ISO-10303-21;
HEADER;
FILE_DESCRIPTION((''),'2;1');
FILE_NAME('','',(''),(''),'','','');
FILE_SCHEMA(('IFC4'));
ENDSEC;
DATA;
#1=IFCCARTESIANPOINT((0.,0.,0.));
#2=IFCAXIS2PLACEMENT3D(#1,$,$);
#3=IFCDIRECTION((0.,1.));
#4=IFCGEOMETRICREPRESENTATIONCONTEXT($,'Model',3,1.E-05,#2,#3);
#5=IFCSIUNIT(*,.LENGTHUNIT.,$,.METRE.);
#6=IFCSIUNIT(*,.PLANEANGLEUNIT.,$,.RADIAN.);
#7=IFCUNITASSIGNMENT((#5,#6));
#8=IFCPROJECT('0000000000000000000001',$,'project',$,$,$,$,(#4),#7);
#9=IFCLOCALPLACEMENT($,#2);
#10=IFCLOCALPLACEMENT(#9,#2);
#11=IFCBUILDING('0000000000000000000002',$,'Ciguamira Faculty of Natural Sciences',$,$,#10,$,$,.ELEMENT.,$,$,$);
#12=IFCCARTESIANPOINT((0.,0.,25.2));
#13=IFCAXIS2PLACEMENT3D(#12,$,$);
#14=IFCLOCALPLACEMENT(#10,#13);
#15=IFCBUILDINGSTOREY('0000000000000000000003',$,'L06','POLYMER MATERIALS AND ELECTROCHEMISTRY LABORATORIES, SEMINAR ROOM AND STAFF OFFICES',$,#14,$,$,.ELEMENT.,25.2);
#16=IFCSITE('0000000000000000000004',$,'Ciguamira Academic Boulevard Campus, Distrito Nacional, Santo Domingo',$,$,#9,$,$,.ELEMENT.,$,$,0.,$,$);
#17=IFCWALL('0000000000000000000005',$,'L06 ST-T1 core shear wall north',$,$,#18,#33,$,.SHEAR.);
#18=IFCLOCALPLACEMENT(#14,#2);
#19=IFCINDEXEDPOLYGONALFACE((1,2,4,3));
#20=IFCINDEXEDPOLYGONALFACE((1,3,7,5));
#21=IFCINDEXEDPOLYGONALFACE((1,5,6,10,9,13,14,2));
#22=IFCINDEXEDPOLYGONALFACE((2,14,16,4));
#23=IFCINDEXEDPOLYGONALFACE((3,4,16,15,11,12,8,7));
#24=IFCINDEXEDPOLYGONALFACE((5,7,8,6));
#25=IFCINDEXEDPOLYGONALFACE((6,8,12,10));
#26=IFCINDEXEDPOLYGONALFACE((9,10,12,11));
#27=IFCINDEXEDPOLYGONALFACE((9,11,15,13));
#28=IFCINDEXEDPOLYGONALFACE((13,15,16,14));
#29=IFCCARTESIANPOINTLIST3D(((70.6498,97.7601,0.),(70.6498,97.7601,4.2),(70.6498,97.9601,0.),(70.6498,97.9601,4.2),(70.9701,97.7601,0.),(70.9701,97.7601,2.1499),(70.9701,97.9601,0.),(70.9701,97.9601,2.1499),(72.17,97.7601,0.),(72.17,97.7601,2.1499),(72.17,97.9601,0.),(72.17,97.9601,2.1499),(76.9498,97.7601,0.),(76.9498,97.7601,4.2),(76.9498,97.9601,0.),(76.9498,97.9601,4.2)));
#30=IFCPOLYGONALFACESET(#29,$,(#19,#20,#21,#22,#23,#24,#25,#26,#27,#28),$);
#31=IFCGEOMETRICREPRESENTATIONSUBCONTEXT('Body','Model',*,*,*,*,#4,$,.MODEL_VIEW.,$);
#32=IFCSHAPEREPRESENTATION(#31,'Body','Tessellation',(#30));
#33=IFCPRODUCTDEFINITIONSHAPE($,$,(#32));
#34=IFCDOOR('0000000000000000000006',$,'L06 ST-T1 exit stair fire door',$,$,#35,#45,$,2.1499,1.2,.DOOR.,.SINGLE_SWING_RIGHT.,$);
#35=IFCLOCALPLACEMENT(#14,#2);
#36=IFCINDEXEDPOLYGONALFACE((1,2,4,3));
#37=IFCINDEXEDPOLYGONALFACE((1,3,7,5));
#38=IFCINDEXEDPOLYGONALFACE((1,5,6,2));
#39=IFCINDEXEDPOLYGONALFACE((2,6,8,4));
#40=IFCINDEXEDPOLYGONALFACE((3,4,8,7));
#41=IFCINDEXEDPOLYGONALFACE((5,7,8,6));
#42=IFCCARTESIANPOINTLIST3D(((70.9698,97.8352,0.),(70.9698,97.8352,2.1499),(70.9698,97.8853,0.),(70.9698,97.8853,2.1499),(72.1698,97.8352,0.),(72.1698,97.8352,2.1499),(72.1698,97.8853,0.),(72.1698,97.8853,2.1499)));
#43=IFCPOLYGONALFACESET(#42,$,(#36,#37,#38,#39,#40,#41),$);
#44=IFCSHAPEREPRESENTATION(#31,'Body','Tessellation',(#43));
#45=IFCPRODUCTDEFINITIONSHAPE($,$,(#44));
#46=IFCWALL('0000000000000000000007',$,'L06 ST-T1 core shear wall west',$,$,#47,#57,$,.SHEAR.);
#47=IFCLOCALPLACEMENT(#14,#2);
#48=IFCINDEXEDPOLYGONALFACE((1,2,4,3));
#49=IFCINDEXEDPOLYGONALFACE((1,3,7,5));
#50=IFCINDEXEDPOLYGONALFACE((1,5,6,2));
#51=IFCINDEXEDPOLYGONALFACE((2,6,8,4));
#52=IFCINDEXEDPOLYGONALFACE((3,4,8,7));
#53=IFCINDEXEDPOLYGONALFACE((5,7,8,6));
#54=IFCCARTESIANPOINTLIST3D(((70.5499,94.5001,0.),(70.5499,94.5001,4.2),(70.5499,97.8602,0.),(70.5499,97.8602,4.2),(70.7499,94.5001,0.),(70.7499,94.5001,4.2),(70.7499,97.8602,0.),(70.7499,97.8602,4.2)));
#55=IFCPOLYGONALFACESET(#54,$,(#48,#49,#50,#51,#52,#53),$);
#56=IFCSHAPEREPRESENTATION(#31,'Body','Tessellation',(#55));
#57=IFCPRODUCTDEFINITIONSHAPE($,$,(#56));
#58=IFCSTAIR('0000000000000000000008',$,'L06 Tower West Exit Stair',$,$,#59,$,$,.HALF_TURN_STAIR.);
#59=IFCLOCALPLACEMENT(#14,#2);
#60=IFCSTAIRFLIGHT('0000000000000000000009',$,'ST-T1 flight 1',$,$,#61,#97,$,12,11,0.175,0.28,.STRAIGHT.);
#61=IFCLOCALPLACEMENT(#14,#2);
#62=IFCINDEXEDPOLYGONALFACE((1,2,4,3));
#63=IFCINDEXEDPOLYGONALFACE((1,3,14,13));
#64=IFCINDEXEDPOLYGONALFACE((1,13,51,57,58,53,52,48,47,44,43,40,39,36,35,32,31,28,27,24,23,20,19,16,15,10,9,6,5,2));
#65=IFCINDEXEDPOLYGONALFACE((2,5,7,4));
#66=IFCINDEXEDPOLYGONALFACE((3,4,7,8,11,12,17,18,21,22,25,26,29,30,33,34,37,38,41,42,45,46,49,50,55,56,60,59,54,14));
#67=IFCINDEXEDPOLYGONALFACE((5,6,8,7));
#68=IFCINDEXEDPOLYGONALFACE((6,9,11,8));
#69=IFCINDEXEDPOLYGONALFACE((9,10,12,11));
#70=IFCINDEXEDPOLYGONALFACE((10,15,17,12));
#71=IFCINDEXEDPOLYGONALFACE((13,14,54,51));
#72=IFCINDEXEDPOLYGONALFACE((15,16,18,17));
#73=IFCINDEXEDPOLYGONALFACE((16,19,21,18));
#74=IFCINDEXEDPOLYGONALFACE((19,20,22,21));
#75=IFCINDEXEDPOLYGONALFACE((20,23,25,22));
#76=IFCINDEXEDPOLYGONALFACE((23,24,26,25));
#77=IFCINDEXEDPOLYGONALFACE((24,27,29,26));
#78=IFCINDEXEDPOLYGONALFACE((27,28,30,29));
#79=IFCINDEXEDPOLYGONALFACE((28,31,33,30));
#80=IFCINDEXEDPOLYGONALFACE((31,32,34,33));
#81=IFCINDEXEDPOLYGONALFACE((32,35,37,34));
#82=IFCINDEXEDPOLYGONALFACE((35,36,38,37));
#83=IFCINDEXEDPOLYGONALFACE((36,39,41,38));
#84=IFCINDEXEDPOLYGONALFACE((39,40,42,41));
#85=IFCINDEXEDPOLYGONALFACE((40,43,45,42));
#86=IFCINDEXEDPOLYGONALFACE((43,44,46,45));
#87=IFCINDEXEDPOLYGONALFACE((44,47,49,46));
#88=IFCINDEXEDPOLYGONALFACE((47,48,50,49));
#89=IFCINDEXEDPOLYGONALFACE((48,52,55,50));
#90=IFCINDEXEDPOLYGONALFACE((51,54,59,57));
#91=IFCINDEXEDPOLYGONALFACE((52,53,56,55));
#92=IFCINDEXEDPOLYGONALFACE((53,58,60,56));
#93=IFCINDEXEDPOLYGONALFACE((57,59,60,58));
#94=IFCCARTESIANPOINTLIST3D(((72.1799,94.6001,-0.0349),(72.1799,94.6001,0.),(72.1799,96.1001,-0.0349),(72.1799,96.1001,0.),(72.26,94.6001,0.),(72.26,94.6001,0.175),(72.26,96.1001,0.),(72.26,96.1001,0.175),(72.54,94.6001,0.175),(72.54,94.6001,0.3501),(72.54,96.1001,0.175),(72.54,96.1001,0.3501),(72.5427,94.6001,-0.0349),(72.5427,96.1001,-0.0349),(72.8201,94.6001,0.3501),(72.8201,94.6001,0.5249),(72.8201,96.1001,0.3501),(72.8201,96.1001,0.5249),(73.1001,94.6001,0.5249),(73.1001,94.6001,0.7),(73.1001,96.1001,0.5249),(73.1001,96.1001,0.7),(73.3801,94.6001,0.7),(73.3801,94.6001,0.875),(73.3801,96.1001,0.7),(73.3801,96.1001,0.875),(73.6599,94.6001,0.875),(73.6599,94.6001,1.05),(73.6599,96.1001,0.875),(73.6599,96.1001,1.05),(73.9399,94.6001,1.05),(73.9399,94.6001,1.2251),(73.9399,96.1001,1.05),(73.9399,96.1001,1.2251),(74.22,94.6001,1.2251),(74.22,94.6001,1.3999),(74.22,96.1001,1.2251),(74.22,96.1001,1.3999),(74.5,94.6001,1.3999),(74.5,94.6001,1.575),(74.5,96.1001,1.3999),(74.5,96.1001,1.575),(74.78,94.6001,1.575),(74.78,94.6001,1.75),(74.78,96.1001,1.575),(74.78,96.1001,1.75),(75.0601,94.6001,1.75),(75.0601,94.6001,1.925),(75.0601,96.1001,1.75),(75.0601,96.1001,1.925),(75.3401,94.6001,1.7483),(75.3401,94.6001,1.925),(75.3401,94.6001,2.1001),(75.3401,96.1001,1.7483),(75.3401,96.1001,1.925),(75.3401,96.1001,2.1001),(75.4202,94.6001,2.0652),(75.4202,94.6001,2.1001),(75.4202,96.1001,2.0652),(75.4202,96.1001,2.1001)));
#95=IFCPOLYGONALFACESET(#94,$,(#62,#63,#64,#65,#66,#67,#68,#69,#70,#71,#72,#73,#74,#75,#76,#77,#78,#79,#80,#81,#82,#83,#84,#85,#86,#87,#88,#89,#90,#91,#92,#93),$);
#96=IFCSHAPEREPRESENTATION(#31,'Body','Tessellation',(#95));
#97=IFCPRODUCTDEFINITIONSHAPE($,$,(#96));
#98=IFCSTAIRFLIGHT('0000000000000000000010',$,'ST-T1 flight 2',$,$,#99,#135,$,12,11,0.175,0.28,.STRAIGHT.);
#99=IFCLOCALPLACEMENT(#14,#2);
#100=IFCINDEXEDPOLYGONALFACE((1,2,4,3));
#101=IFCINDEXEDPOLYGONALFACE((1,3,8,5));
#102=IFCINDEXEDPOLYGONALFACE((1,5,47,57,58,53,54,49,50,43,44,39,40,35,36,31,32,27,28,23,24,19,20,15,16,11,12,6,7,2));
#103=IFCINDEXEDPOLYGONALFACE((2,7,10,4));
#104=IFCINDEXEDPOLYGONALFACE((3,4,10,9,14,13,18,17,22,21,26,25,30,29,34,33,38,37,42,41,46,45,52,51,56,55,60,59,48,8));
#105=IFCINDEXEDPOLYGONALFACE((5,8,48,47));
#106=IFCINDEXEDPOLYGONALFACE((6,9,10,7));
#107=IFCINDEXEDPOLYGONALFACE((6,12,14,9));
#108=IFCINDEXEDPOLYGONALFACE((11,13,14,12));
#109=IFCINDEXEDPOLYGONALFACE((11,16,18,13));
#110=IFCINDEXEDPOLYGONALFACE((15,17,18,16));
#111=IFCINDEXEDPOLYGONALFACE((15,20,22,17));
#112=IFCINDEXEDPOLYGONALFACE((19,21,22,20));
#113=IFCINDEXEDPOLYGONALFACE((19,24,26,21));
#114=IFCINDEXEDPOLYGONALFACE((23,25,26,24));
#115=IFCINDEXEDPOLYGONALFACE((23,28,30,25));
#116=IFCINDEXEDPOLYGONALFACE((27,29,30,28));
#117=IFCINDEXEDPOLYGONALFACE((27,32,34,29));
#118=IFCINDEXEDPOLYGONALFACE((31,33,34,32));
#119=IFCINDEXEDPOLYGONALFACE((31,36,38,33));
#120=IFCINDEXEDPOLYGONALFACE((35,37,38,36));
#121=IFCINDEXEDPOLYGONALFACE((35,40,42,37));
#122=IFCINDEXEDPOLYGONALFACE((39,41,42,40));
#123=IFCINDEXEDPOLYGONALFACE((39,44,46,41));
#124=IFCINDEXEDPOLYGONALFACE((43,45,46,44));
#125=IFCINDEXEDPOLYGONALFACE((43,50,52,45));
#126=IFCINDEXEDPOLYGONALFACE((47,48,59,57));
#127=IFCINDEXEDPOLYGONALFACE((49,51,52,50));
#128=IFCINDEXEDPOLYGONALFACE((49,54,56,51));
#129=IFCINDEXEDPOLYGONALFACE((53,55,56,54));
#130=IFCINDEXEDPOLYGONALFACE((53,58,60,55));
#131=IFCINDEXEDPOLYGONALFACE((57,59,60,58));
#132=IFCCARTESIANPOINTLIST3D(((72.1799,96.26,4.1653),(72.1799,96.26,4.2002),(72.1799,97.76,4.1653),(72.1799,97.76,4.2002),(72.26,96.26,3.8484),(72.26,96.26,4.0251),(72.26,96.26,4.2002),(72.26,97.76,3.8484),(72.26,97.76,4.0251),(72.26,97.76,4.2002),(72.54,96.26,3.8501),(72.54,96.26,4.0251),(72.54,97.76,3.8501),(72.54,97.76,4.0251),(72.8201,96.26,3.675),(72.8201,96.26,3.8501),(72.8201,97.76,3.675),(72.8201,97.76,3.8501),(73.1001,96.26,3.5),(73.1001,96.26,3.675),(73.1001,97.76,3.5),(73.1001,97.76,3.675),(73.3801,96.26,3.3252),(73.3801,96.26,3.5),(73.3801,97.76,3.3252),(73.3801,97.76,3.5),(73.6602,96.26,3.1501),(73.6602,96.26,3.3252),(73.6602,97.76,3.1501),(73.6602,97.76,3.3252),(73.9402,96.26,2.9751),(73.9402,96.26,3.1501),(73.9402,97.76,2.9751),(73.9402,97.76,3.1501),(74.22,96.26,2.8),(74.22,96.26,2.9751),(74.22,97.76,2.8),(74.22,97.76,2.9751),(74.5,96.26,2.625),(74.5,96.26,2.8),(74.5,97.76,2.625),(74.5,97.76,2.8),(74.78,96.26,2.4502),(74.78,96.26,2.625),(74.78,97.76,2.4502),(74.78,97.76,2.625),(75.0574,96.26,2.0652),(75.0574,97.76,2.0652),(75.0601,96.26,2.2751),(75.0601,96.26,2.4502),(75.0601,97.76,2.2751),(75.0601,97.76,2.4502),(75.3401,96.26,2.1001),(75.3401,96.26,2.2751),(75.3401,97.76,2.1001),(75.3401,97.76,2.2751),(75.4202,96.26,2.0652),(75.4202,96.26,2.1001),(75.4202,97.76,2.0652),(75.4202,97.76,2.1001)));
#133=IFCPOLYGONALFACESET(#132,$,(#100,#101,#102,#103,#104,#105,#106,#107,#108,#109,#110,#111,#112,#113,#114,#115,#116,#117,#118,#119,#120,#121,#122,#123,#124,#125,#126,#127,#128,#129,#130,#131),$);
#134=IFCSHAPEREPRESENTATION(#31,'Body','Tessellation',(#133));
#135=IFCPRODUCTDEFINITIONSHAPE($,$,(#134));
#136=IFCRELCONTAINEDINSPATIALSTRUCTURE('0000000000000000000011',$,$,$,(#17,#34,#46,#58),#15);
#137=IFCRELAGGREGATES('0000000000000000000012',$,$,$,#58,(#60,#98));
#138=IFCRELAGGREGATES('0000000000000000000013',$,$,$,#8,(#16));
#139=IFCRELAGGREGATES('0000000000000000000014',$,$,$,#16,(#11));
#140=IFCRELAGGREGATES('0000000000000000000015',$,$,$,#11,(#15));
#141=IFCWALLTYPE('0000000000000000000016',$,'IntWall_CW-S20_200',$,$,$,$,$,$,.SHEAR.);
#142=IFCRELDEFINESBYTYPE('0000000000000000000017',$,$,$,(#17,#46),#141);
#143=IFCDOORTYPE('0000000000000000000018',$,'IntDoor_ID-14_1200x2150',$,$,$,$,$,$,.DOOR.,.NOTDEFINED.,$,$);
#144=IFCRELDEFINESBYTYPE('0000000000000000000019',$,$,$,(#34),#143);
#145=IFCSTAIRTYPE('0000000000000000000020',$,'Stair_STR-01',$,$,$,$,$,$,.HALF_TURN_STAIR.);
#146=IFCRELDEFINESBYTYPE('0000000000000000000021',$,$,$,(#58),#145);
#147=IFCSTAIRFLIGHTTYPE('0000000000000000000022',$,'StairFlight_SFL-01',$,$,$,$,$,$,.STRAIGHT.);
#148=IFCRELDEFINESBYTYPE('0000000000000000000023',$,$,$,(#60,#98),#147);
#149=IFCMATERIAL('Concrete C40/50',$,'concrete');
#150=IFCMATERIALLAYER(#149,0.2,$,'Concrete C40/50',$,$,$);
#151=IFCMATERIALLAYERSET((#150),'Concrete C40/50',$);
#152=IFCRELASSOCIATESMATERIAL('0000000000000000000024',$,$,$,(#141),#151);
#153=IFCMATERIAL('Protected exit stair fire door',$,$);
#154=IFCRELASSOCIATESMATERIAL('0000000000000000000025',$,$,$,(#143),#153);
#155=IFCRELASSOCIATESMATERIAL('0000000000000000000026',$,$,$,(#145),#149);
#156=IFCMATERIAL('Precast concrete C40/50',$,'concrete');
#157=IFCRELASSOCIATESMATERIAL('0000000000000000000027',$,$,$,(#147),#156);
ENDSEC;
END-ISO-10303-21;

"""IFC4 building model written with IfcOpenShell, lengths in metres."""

from ifc_helpers import new_model, si_unit, direction, frame, frame_2d, origin, place, context, subcontext, project, spatial, polyline, rectangle, outline, extrude, material, layer, layer_set, type_object, element, fill, aggregate, save


model = new_model("IFC4")

# Units and contexts
model_context = context("Model", 3, precision=1e-05, world=origin(), true_north=direction((0.0, 1.0)))
body_context = subcontext(model_context, "Body", "Model", "MODEL_VIEW")
ifc_project = project(units=[si_unit("LENGTHUNIT", "METRE"), si_unit("PLANEANGLEUNIT", "RADIAN")], contexts=[model_context])

# Site, building, storey
site_placement = place(None, origin())
site = spatial("IfcSite", under=ifc_project, at=site_placement, Name="Ciguamira Academic Boulevard Campus, Distrito Nacional, Santo Domingo", CompositionType="ELEMENT", RefElevation=0.0)
building_placement = place(site_placement, origin())
building = spatial("IfcBuilding", under=site, at=building_placement, Name="Ciguamira Faculty of Natural Sciences", CompositionType="ELEMENT")
storey_placement = place(building_placement, frame((0.0, 0.0, 25.2)))
storey = spatial("IfcBuildingStorey", under=building, at=storey_placement, Name="L06", Description="POLYMER MATERIALS AND ELECTROCHEMISTRY LABORATORIES, SEMINAR ROOM AND STAFF OFFICES", CompositionType="ELEMENT", Elevation=25.2)

# Shared definitions
ifc_material_1 = material(Name="Concrete C40/50", Category="concrete")

# Shared definitions
ifc_material_2 = material(Name="Precast concrete C40/50", Category="concrete")

# Shared definitions
ifc_layer_1 = layer(ifc_material_1, 0.2, Name="Concrete C40/50")
ifc_layer_set_1 = layer_set([ifc_layer_1], Name="Concrete C40/50")
wall_type_1 = type_object("IfcWallType", Name="IntWall_CW-S20_200", PredefinedType="SHEAR", material=ifc_layer_set_1)

# Wall, opening, door
wall_1_placement = place(storey_placement, frame((70.6499, 97.8601, 0.0), z_axis=(0.0, 0.0, 1.0), x_axis=(1.0, 0.0, 0.0)))
wall_1 = element("IfcWall", 1, at=wall_1_placement, inside=storey, type_object=wall_type_1, Name="L06 ST-T1 core shear wall north", PredefinedType="SHEAR", context=body_context, shape_type="SweptSolid", body=[
    extrude(rectangle(XDim=6.3, YDim=0.2, at=frame_2d((3.1499, 0.0))), origin(), (0.0, 0.0, 1.0), 4.2),
])
opening_1_placement = place(wall_1_placement, frame((0.3201, 0.0, 0.0)))
opening_1 = element("IfcOpeningElement", 2, at=opening_1_placement, cuts=wall_1, PredefinedType="OPENING", context=body_context, shape_type="SweptSolid", body=[
    extrude(rectangle(XDim=1.2, YDim=2.1499, at=frame_2d((0.6001, 1.075))), frame((0.0, 0.1099, 0.0), z_axis=(0.0, -1.0, 0.0), x_axis=(1.0, 0.0, 0.0)), (0.0, 0.0, 1.0), 0.22),
])
ifc_material_3 = material(Name="Protected exit stair fire door")
door_type = type_object("IfcDoorType", Name="IntDoor_ID-14_1200x2150", OperationType="NOTDEFINED", PredefinedType="DOOR", material=ifc_material_3)
door_placement = place(opening_1_placement, frame((1.2, 0.0, 0.0), z_axis=(0.0, 0.0, 1.0), x_axis=(-1.0, 0.0, 0.0)))
door = element("IfcDoor", 3, at=door_placement, inside=storey, type_object=door_type, Name="L06 ST-T1 exit stair fire door", OperationType="SINGLE_SWING_RIGHT", OverallHeight=2.1499, OverallWidth=1.2, PredefinedType="DOOR", context=body_context, shape_type="SweptSolid", body=[
    extrude(rectangle(XDim=1.2, YDim=2.1499, at=frame_2d((0.6001, 1.075))), frame((0.0, 0.0249, 0.0), z_axis=(0.0, -1.0, 0.0), x_axis=(1.0, 0.0, 0.0)), (0.0, 0.0, 1.0), 0.05),
])
fill(opening_1, door)

# Wall
wall_2_placement = place(storey_placement, frame((70.6499, 94.5, 0.0), z_axis=(0.0, 0.0, 1.0), x_axis=(0.0, 1.0, 0.0)))
element("IfcWall", 4, at=wall_2_placement, inside=storey, type_object=wall_type_1, Name="L06 ST-T1 core shear wall west", PredefinedType="SHEAR", context=body_context, shape_type="SweptSolid", body=[
    extrude(rectangle(XDim=3.3601, YDim=0.2, at=frame_2d((1.6802, 0.0))), origin(), (0.0, 0.0, 1.0), 4.2),
])

# Stair, stair flights
stair_type = type_object("IfcStairType", Name="Stair_STR-01", PredefinedType="HALF_TURN_STAIR", material=ifc_material_1)
stair_placement = place(storey_placement, origin())
stair = element("IfcStair", 5, at=stair_placement, inside=storey, type_object=stair_type, Name="L06 Tower West Exit Stair", PredefinedType="HALF_TURN_STAIR")
stair_flight_type = type_object("IfcStairFlightType", Name="StairFlight_SFL-01", PredefinedType="STRAIGHT", material=ifc_material_2)
stair_flight_1_placement = place(storey_placement, frame((72.26, 95.3501, 0.0), z_axis=(0.0, 0.0, 1.0), x_axis=(1.0, 0.0, 0.0)))
stair_flight_1 = element("IfcStairFlight", 6, at=stair_flight_1_placement, type_object=stair_flight_type, Name="ST-T1 flight 1", NumberOfRisers=12, NumberOfTreads=11, PredefinedType="STRAIGHT", RiserHeight=0.175, TreadLength=0.28, context=body_context, shape_type="SweptSolid", body=[
    extrude(outline(polyline([(-0.0801, -0.0349), (-0.0801, 0.0), (0.0, 0.0), (0.0, 0.175), (0.28, 0.175), (0.28, 0.3501), (0.5601, 0.3501), (0.5601, 0.5249), (0.8401, 0.5249), (0.8401, 0.7), (1.1201, 0.7), (1.1201, 0.875), (1.3999, 0.875), (1.3999, 1.05), (1.6799, 1.05), (1.6799, 1.2251), (1.96, 1.2251), (1.96, 1.3999), (2.24, 1.3999), (2.24, 1.575), (2.52, 1.575), (2.52, 1.75), (2.8, 1.75), (2.8, 1.925), (3.0801, 1.925), (3.0801, 2.1001), (3.1602, 2.1001), (3.1602, 2.0652), (3.0801, 1.7483), (0.2827, -0.0349), (-0.0801, -0.0349)])), frame((0.0, 0.75, 0.0), z_axis=(0.0, -1.0, 0.0), x_axis=(1.0, 0.0, 0.0)), (0.0, 0.0, 1.0), 1.5),
])
stair_flight_2_placement = place(storey_placement, frame((75.3401, 97.01, 2.1001), z_axis=(0.0, 0.0, 1.0), x_axis=(-1.0, 0.0, 0.0)))
stair_flight_2 = element("IfcStairFlight", 7, at=stair_flight_2_placement, type_object=stair_flight_type, Name="ST-T1 flight 2", NumberOfRisers=12, NumberOfTreads=11, PredefinedType="STRAIGHT", RiserHeight=0.175, TreadLength=0.28, context=body_context, shape_type="SweptSolid", body=[
    extrude(outline(polyline([(-0.0801, -0.0349), (-0.0801, 0.0), (0.0, 0.0), (0.0, 0.175), (0.28, 0.175), (0.28, 0.3501), (0.5601, 0.3501), (0.5601, 0.5249), (0.8401, 0.5249), (0.8401, 0.7), (1.1201, 0.7), (1.1201, 0.875), (1.3999, 0.875), (1.3999, 1.05), (1.6799, 1.05), (1.6799, 1.2251), (1.96, 1.2251), (1.96, 1.3999), (2.24, 1.3999), (2.24, 1.575), (2.52, 1.575), (2.52, 1.75), (2.8, 1.75), (2.8, 1.925), (3.0801, 1.925), (3.0801, 2.1001), (3.1602, 2.1001), (3.1602, 2.0652), (3.0801, 1.7483), (0.2827, -0.0349), (-0.0801, -0.0349)])), frame((0.0, 0.75, 0.0), z_axis=(0.0, -1.0, 0.0), x_axis=(1.0, 0.0, 0.0)), (0.0, 0.0, 1.0), 1.5),
])
aggregate(stair, [stair_flight_1, stair_flight_2])

save(model, "model.ifc")
